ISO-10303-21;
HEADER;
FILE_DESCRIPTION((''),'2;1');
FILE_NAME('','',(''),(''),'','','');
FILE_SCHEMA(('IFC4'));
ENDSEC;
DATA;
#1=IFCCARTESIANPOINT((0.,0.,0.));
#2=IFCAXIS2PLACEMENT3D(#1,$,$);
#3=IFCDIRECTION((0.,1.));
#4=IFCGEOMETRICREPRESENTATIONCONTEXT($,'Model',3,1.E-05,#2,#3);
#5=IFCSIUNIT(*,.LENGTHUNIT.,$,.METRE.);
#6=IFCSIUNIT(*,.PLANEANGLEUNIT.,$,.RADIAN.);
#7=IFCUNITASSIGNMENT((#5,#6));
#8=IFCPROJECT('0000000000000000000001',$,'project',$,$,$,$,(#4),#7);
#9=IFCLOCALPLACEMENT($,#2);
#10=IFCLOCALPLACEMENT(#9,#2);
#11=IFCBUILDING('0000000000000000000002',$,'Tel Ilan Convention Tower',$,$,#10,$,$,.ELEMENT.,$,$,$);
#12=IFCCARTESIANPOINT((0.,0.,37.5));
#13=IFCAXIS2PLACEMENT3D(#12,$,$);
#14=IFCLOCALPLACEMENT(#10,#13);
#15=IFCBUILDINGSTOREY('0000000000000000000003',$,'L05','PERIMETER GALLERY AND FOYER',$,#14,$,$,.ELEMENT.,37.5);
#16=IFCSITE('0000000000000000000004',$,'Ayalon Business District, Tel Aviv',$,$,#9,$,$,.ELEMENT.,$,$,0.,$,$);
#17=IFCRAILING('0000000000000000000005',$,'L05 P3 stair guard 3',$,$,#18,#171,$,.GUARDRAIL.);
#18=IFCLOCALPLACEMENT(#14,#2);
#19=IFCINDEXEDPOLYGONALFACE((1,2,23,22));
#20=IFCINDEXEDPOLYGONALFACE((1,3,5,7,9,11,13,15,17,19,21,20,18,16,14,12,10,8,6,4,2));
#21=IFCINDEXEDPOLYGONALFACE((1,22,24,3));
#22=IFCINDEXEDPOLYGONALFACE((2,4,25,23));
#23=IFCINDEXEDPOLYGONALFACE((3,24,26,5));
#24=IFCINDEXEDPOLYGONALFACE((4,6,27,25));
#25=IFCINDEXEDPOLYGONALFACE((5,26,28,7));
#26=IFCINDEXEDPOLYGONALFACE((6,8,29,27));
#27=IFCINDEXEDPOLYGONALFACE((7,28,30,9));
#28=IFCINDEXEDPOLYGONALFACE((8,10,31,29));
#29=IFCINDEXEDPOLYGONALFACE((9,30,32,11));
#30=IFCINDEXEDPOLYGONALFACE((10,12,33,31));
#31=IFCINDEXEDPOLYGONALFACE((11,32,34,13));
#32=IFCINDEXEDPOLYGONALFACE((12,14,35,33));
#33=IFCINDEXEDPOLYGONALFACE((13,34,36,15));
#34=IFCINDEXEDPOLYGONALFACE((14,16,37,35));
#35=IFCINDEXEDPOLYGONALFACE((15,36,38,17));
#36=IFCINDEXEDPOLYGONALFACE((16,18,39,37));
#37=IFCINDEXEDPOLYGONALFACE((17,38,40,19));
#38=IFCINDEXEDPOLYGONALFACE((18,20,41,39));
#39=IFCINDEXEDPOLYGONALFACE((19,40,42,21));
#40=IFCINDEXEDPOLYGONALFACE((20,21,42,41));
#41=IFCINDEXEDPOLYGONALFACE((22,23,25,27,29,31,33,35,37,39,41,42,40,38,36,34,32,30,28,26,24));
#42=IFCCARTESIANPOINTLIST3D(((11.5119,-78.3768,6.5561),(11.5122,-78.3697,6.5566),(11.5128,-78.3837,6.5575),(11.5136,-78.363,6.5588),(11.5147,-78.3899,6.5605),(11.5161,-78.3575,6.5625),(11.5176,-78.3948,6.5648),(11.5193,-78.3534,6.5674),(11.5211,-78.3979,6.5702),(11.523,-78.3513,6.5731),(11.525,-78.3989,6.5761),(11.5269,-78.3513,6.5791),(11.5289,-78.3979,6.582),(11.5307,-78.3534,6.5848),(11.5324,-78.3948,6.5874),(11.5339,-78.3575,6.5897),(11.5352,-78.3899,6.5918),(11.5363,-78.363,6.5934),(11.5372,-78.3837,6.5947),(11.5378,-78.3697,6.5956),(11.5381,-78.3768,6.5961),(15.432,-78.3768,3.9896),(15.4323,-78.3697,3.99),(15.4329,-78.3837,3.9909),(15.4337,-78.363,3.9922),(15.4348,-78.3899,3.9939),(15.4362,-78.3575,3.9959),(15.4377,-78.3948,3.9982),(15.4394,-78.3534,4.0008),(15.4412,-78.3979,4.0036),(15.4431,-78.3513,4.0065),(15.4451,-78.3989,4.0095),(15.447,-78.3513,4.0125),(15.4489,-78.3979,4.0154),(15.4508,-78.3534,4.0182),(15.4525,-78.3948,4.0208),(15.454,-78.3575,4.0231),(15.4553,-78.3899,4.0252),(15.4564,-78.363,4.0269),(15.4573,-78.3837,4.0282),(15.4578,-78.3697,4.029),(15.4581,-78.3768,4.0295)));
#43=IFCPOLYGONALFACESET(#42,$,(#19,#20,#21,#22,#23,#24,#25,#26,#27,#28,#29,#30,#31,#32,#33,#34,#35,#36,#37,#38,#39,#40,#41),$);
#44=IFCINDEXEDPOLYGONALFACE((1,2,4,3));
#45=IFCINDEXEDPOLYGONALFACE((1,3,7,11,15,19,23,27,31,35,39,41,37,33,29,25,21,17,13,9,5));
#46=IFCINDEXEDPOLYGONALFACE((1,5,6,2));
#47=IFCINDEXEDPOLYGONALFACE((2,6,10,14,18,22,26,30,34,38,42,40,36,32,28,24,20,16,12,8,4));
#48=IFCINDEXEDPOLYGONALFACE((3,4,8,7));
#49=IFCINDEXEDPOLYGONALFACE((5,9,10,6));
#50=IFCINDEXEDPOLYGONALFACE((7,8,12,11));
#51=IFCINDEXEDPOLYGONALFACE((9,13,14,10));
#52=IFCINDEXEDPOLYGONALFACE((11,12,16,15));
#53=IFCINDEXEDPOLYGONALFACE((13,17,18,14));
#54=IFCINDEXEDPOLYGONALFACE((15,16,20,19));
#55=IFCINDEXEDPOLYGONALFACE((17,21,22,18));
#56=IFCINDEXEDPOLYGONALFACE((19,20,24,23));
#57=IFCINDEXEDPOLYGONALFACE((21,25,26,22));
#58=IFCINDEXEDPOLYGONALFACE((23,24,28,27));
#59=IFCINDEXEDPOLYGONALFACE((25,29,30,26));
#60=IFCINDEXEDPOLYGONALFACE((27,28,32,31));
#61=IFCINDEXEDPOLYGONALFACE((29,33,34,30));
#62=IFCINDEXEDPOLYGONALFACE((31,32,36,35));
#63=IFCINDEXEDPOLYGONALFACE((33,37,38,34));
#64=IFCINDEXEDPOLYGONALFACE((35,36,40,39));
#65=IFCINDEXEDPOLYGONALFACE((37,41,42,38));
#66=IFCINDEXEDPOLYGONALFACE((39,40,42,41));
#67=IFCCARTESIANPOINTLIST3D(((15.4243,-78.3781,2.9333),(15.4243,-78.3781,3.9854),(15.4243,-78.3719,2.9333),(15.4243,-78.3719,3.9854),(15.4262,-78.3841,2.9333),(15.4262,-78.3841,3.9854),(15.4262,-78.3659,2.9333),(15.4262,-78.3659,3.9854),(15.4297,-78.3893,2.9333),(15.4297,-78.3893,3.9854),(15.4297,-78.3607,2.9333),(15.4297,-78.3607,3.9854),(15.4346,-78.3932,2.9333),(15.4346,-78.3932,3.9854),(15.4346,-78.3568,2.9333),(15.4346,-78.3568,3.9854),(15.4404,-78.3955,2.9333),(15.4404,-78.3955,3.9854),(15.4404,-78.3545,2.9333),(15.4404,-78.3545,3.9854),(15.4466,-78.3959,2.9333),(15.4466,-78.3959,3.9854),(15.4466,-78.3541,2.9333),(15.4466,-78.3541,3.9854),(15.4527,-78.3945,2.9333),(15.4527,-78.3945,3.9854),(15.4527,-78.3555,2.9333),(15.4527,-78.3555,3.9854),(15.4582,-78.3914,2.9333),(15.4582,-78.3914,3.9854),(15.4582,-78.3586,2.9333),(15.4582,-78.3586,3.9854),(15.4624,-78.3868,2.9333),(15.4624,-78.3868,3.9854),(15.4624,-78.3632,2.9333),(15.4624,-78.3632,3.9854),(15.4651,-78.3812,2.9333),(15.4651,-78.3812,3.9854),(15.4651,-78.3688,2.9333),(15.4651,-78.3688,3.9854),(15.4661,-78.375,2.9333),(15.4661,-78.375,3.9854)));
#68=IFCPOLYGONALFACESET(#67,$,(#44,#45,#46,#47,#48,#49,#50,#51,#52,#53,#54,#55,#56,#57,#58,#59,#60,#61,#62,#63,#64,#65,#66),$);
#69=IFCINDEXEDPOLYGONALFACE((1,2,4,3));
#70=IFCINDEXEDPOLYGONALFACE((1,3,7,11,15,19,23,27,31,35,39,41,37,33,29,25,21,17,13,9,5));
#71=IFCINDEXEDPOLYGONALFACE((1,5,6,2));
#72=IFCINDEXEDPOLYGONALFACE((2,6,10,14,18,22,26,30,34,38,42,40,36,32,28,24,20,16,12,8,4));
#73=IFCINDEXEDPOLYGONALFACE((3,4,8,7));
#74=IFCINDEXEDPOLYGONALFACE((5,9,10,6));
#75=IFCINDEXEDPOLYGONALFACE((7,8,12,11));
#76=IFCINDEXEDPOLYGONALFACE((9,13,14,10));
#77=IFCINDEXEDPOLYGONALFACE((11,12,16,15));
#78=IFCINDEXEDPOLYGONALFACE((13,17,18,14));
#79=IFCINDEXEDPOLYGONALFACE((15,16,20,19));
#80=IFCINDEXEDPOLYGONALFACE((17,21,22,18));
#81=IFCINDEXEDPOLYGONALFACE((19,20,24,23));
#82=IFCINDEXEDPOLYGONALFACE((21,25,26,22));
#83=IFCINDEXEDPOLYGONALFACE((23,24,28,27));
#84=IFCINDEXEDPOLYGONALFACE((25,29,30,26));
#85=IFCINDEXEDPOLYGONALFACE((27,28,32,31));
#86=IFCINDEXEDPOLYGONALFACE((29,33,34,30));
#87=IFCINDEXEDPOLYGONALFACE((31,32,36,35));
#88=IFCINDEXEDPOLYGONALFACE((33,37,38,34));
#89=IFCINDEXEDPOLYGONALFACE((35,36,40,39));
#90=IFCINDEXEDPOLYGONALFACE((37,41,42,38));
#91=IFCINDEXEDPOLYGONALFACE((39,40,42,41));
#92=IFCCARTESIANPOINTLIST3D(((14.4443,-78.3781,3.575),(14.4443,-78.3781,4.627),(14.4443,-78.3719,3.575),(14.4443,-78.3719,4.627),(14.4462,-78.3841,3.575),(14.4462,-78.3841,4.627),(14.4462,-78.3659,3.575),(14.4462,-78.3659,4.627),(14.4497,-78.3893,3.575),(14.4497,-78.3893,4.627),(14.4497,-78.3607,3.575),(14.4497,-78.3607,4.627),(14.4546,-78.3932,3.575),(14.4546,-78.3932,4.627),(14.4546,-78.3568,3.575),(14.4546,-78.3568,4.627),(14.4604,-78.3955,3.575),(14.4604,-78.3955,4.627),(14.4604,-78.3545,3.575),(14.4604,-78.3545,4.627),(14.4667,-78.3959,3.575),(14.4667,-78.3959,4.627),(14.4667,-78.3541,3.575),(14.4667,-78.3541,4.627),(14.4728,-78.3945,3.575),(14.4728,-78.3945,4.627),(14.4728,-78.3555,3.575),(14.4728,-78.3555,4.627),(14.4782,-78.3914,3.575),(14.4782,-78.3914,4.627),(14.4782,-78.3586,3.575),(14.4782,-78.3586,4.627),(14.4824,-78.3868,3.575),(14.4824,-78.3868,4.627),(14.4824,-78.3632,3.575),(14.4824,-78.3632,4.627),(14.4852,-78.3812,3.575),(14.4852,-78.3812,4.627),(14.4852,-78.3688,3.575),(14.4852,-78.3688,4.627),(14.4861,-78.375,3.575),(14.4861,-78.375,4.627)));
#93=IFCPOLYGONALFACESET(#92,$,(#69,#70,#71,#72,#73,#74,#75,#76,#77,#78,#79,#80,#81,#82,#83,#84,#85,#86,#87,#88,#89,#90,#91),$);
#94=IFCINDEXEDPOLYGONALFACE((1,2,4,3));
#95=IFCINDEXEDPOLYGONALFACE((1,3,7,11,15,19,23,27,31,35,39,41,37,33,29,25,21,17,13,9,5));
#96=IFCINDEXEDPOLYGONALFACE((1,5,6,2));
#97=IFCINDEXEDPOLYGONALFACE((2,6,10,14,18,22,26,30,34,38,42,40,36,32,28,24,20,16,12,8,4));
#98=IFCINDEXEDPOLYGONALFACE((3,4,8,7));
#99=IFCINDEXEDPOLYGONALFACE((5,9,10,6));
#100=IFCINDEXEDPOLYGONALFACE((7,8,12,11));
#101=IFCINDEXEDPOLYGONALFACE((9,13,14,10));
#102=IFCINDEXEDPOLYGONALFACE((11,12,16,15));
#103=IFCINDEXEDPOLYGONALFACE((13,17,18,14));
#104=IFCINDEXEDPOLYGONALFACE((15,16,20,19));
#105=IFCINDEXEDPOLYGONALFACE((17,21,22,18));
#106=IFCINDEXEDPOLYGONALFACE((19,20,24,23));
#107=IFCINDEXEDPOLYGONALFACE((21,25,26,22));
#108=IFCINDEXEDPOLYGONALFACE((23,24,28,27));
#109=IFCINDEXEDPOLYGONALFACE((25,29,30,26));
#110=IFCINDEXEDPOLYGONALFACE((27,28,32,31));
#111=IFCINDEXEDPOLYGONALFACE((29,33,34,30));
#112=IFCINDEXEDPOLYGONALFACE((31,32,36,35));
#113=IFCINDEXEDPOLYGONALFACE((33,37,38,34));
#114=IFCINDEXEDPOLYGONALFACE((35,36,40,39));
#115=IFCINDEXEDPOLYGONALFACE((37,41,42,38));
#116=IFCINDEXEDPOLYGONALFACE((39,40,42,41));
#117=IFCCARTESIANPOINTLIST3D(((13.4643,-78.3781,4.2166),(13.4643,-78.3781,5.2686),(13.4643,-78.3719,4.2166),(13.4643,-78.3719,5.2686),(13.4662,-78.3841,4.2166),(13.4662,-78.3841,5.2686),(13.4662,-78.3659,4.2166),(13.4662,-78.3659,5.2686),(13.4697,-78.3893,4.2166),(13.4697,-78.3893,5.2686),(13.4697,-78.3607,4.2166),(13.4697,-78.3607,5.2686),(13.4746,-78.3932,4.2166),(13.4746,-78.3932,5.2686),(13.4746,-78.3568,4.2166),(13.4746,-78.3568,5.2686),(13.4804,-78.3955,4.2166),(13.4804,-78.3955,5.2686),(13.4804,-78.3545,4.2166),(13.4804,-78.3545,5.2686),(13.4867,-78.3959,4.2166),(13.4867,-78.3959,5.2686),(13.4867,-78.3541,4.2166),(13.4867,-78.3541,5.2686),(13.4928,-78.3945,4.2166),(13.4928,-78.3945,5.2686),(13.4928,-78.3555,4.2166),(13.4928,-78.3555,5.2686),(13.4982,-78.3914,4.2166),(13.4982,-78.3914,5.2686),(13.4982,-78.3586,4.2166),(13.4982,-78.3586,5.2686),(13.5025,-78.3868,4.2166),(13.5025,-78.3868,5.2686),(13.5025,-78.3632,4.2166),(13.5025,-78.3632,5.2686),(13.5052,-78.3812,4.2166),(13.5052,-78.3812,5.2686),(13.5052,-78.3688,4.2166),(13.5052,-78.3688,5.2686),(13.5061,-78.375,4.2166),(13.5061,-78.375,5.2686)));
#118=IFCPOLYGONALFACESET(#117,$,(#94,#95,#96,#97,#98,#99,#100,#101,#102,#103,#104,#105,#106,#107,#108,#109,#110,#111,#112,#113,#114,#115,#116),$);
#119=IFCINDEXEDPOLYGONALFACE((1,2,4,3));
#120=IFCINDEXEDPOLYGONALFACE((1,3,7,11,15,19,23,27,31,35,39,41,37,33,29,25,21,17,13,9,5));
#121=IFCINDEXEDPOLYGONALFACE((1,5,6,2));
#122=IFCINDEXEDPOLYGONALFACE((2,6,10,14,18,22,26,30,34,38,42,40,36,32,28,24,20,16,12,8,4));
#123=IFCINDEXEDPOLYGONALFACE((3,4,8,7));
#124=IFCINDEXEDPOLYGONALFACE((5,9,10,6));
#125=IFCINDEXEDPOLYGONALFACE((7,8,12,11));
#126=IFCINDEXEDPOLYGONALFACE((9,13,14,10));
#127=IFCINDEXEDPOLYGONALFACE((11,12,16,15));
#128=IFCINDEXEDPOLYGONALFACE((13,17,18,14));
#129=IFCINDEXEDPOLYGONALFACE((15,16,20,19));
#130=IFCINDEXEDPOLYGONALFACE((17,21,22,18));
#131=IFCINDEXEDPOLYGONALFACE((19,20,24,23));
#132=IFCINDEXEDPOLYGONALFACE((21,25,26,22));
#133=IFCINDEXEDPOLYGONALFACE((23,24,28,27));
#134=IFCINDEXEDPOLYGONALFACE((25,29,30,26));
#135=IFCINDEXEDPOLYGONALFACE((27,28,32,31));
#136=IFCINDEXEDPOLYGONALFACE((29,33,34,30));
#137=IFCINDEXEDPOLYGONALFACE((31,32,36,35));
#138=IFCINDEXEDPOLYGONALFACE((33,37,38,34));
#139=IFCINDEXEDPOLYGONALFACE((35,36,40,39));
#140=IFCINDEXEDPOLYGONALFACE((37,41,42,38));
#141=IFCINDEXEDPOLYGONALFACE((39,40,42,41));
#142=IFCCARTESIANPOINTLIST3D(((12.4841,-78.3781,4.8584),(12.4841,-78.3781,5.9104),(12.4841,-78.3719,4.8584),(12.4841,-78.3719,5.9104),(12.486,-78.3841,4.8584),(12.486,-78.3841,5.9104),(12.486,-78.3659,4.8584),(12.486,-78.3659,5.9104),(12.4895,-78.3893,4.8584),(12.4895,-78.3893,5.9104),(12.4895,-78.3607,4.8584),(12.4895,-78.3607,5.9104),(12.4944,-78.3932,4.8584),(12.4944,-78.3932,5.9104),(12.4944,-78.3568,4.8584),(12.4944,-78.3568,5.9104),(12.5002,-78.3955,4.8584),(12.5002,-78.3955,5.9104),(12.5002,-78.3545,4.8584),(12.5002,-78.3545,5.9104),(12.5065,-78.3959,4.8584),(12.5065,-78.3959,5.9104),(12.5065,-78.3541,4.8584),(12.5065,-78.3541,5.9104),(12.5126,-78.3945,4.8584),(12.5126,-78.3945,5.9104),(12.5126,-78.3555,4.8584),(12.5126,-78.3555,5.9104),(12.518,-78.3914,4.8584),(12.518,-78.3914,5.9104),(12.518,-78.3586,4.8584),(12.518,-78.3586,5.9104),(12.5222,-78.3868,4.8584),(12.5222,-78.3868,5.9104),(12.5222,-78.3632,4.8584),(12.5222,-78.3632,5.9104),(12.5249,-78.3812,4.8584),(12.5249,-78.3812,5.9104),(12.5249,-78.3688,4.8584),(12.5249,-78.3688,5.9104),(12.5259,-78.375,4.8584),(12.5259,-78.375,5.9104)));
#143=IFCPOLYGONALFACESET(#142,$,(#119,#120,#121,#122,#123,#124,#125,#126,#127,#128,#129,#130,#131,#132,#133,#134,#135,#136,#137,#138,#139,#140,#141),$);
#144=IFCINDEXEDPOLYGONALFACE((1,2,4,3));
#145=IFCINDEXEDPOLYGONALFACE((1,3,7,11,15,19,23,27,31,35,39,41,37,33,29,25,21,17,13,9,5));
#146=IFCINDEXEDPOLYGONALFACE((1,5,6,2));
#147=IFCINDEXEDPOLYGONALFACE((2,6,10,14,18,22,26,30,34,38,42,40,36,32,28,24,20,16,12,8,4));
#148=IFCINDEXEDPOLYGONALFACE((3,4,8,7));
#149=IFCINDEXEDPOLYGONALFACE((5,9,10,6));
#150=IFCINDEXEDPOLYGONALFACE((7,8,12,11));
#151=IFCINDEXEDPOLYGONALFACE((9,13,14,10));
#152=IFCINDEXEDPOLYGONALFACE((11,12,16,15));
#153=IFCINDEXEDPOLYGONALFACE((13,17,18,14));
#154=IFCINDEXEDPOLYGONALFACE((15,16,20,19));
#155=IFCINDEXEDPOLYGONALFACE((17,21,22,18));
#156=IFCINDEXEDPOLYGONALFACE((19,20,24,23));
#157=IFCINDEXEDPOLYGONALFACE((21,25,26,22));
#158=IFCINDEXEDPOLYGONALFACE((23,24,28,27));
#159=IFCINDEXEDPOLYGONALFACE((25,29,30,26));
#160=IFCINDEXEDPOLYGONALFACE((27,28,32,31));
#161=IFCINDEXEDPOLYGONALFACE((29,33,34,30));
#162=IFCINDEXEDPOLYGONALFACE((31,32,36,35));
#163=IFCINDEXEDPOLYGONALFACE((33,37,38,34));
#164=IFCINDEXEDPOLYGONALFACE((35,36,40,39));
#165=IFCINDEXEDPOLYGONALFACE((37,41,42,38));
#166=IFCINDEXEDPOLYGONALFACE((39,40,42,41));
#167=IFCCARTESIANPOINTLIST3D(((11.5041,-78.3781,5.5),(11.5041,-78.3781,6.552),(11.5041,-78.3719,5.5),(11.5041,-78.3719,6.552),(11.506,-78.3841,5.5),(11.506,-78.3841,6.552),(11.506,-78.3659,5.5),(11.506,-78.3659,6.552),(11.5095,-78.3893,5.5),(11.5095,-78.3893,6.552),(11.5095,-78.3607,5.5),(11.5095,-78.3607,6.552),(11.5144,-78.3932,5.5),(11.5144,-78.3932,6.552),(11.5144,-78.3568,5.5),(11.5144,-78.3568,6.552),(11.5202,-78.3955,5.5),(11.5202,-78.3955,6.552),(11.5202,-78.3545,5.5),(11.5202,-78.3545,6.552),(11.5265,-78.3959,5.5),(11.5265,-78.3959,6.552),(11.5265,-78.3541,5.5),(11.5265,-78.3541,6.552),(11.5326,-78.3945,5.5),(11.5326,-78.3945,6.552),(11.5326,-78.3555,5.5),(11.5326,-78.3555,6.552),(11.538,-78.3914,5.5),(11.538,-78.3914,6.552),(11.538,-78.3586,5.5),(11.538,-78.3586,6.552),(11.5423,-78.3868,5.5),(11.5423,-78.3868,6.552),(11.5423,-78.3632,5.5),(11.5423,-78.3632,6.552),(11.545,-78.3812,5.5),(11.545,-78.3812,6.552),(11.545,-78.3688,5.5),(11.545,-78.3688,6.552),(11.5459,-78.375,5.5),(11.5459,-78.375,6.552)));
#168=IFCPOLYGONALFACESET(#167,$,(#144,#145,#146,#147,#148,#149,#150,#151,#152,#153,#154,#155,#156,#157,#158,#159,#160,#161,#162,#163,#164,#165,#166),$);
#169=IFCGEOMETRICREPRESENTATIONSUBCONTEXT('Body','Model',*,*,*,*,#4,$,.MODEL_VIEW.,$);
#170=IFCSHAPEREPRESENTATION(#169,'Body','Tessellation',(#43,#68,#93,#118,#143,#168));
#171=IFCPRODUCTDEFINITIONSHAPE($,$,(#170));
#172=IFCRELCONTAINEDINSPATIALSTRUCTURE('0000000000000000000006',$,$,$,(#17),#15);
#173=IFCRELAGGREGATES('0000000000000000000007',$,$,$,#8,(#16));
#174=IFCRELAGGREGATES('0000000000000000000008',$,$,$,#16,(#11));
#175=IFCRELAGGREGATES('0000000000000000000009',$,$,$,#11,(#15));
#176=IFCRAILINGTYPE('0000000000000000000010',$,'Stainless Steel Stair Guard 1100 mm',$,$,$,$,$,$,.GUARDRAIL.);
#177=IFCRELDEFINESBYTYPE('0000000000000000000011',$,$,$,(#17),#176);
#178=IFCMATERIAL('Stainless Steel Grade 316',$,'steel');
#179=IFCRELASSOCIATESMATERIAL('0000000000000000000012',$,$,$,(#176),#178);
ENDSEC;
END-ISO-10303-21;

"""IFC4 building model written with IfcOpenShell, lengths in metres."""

from ifc_helpers import new_model, si_unit, direction, frame, origin, origin_2d, place, context, subcontext, project, spatial, circle, extrude, material, type_object, element, save


model = new_model("IFC4")

# Units and contexts
model_context = context("Model", 3, precision=1e-05, world=origin(), true_north=direction((0.0, 1.0)))
body_context = subcontext(model_context, "Body", "Model", "MODEL_VIEW")
ifc_project = project(units=[si_unit("LENGTHUNIT", "METRE"), si_unit("PLANEANGLEUNIT", "RADIAN")], contexts=[model_context])

# Site, building, storey
site_placement = place(None, origin())
site = spatial("IfcSite", under=ifc_project, at=site_placement, Name="Ayalon Business District, Tel Aviv", CompositionType="ELEMENT", RefElevation=0.0)
building_placement = place(site_placement, origin())
building = spatial("IfcBuilding", under=site, at=building_placement, Name="Tel Ilan Convention Tower", CompositionType="ELEMENT")
storey_placement = place(building_placement, frame((0.0, 0.0, 37.5)))
storey = spatial("IfcBuildingStorey", under=building, at=storey_placement, Name="L05", Description="PERIMETER GALLERY AND FOYER", CompositionType="ELEMENT", Elevation=37.5)

# Railing
ifc_material_1 = material(Name="Stainless Steel Grade 316", Category="steel")
railing_type_1 = type_object("IfcRailingType", Name="Stainless Steel Stair Guard 1100 mm", PredefinedType="GUARDRAIL", material=ifc_material_1)
railing_1_placement = place(storey_placement, frame((15.4451, -78.375, 2.9333)))
element("IfcRailing", 1, at=railing_1_placement, inside=storey, type_object=railing_type_1, Name="L05 P3 stair guard 3", PredefinedType="GUARDRAIL", context=body_context, shape_type="SweptSolid", body=[
    extrude(circle(Radius=0.0239, at=origin_2d()), frame((0.0, 0.0, 1.0762), z_axis=(-0.836631, 0.0, 0.547767), x_axis=(0.0, -1.0, 0.0)), (0.0, 0.0, 1.0), 4.6855),
    extrude(circle(Radius=0.021, at=origin_2d()), origin(), (0.0, 0.0, 1.0), 1.052),
    extrude(circle(Radius=0.021, at=origin_2d()), frame((-0.98, 0.0, 0.6416)), (0.0, 0.0, 1.0), 1.052),
    extrude(circle(Radius=0.021, at=origin_2d()), frame((-1.96, 0.0, 1.2832)), (0.0, 0.0, 1.0), 1.052),
    extrude(circle(Radius=0.021, at=origin_2d()), frame((-2.9402, 0.0, 1.925)), (0.0, 0.0, 1.0), 1.052),
    extrude(circle(Radius=0.021, at=origin_2d()), frame((-3.9202, 0.0, 2.5667)), (0.0, 0.0, 1.0), 1.052),
])

save(model, "model.ifc")
